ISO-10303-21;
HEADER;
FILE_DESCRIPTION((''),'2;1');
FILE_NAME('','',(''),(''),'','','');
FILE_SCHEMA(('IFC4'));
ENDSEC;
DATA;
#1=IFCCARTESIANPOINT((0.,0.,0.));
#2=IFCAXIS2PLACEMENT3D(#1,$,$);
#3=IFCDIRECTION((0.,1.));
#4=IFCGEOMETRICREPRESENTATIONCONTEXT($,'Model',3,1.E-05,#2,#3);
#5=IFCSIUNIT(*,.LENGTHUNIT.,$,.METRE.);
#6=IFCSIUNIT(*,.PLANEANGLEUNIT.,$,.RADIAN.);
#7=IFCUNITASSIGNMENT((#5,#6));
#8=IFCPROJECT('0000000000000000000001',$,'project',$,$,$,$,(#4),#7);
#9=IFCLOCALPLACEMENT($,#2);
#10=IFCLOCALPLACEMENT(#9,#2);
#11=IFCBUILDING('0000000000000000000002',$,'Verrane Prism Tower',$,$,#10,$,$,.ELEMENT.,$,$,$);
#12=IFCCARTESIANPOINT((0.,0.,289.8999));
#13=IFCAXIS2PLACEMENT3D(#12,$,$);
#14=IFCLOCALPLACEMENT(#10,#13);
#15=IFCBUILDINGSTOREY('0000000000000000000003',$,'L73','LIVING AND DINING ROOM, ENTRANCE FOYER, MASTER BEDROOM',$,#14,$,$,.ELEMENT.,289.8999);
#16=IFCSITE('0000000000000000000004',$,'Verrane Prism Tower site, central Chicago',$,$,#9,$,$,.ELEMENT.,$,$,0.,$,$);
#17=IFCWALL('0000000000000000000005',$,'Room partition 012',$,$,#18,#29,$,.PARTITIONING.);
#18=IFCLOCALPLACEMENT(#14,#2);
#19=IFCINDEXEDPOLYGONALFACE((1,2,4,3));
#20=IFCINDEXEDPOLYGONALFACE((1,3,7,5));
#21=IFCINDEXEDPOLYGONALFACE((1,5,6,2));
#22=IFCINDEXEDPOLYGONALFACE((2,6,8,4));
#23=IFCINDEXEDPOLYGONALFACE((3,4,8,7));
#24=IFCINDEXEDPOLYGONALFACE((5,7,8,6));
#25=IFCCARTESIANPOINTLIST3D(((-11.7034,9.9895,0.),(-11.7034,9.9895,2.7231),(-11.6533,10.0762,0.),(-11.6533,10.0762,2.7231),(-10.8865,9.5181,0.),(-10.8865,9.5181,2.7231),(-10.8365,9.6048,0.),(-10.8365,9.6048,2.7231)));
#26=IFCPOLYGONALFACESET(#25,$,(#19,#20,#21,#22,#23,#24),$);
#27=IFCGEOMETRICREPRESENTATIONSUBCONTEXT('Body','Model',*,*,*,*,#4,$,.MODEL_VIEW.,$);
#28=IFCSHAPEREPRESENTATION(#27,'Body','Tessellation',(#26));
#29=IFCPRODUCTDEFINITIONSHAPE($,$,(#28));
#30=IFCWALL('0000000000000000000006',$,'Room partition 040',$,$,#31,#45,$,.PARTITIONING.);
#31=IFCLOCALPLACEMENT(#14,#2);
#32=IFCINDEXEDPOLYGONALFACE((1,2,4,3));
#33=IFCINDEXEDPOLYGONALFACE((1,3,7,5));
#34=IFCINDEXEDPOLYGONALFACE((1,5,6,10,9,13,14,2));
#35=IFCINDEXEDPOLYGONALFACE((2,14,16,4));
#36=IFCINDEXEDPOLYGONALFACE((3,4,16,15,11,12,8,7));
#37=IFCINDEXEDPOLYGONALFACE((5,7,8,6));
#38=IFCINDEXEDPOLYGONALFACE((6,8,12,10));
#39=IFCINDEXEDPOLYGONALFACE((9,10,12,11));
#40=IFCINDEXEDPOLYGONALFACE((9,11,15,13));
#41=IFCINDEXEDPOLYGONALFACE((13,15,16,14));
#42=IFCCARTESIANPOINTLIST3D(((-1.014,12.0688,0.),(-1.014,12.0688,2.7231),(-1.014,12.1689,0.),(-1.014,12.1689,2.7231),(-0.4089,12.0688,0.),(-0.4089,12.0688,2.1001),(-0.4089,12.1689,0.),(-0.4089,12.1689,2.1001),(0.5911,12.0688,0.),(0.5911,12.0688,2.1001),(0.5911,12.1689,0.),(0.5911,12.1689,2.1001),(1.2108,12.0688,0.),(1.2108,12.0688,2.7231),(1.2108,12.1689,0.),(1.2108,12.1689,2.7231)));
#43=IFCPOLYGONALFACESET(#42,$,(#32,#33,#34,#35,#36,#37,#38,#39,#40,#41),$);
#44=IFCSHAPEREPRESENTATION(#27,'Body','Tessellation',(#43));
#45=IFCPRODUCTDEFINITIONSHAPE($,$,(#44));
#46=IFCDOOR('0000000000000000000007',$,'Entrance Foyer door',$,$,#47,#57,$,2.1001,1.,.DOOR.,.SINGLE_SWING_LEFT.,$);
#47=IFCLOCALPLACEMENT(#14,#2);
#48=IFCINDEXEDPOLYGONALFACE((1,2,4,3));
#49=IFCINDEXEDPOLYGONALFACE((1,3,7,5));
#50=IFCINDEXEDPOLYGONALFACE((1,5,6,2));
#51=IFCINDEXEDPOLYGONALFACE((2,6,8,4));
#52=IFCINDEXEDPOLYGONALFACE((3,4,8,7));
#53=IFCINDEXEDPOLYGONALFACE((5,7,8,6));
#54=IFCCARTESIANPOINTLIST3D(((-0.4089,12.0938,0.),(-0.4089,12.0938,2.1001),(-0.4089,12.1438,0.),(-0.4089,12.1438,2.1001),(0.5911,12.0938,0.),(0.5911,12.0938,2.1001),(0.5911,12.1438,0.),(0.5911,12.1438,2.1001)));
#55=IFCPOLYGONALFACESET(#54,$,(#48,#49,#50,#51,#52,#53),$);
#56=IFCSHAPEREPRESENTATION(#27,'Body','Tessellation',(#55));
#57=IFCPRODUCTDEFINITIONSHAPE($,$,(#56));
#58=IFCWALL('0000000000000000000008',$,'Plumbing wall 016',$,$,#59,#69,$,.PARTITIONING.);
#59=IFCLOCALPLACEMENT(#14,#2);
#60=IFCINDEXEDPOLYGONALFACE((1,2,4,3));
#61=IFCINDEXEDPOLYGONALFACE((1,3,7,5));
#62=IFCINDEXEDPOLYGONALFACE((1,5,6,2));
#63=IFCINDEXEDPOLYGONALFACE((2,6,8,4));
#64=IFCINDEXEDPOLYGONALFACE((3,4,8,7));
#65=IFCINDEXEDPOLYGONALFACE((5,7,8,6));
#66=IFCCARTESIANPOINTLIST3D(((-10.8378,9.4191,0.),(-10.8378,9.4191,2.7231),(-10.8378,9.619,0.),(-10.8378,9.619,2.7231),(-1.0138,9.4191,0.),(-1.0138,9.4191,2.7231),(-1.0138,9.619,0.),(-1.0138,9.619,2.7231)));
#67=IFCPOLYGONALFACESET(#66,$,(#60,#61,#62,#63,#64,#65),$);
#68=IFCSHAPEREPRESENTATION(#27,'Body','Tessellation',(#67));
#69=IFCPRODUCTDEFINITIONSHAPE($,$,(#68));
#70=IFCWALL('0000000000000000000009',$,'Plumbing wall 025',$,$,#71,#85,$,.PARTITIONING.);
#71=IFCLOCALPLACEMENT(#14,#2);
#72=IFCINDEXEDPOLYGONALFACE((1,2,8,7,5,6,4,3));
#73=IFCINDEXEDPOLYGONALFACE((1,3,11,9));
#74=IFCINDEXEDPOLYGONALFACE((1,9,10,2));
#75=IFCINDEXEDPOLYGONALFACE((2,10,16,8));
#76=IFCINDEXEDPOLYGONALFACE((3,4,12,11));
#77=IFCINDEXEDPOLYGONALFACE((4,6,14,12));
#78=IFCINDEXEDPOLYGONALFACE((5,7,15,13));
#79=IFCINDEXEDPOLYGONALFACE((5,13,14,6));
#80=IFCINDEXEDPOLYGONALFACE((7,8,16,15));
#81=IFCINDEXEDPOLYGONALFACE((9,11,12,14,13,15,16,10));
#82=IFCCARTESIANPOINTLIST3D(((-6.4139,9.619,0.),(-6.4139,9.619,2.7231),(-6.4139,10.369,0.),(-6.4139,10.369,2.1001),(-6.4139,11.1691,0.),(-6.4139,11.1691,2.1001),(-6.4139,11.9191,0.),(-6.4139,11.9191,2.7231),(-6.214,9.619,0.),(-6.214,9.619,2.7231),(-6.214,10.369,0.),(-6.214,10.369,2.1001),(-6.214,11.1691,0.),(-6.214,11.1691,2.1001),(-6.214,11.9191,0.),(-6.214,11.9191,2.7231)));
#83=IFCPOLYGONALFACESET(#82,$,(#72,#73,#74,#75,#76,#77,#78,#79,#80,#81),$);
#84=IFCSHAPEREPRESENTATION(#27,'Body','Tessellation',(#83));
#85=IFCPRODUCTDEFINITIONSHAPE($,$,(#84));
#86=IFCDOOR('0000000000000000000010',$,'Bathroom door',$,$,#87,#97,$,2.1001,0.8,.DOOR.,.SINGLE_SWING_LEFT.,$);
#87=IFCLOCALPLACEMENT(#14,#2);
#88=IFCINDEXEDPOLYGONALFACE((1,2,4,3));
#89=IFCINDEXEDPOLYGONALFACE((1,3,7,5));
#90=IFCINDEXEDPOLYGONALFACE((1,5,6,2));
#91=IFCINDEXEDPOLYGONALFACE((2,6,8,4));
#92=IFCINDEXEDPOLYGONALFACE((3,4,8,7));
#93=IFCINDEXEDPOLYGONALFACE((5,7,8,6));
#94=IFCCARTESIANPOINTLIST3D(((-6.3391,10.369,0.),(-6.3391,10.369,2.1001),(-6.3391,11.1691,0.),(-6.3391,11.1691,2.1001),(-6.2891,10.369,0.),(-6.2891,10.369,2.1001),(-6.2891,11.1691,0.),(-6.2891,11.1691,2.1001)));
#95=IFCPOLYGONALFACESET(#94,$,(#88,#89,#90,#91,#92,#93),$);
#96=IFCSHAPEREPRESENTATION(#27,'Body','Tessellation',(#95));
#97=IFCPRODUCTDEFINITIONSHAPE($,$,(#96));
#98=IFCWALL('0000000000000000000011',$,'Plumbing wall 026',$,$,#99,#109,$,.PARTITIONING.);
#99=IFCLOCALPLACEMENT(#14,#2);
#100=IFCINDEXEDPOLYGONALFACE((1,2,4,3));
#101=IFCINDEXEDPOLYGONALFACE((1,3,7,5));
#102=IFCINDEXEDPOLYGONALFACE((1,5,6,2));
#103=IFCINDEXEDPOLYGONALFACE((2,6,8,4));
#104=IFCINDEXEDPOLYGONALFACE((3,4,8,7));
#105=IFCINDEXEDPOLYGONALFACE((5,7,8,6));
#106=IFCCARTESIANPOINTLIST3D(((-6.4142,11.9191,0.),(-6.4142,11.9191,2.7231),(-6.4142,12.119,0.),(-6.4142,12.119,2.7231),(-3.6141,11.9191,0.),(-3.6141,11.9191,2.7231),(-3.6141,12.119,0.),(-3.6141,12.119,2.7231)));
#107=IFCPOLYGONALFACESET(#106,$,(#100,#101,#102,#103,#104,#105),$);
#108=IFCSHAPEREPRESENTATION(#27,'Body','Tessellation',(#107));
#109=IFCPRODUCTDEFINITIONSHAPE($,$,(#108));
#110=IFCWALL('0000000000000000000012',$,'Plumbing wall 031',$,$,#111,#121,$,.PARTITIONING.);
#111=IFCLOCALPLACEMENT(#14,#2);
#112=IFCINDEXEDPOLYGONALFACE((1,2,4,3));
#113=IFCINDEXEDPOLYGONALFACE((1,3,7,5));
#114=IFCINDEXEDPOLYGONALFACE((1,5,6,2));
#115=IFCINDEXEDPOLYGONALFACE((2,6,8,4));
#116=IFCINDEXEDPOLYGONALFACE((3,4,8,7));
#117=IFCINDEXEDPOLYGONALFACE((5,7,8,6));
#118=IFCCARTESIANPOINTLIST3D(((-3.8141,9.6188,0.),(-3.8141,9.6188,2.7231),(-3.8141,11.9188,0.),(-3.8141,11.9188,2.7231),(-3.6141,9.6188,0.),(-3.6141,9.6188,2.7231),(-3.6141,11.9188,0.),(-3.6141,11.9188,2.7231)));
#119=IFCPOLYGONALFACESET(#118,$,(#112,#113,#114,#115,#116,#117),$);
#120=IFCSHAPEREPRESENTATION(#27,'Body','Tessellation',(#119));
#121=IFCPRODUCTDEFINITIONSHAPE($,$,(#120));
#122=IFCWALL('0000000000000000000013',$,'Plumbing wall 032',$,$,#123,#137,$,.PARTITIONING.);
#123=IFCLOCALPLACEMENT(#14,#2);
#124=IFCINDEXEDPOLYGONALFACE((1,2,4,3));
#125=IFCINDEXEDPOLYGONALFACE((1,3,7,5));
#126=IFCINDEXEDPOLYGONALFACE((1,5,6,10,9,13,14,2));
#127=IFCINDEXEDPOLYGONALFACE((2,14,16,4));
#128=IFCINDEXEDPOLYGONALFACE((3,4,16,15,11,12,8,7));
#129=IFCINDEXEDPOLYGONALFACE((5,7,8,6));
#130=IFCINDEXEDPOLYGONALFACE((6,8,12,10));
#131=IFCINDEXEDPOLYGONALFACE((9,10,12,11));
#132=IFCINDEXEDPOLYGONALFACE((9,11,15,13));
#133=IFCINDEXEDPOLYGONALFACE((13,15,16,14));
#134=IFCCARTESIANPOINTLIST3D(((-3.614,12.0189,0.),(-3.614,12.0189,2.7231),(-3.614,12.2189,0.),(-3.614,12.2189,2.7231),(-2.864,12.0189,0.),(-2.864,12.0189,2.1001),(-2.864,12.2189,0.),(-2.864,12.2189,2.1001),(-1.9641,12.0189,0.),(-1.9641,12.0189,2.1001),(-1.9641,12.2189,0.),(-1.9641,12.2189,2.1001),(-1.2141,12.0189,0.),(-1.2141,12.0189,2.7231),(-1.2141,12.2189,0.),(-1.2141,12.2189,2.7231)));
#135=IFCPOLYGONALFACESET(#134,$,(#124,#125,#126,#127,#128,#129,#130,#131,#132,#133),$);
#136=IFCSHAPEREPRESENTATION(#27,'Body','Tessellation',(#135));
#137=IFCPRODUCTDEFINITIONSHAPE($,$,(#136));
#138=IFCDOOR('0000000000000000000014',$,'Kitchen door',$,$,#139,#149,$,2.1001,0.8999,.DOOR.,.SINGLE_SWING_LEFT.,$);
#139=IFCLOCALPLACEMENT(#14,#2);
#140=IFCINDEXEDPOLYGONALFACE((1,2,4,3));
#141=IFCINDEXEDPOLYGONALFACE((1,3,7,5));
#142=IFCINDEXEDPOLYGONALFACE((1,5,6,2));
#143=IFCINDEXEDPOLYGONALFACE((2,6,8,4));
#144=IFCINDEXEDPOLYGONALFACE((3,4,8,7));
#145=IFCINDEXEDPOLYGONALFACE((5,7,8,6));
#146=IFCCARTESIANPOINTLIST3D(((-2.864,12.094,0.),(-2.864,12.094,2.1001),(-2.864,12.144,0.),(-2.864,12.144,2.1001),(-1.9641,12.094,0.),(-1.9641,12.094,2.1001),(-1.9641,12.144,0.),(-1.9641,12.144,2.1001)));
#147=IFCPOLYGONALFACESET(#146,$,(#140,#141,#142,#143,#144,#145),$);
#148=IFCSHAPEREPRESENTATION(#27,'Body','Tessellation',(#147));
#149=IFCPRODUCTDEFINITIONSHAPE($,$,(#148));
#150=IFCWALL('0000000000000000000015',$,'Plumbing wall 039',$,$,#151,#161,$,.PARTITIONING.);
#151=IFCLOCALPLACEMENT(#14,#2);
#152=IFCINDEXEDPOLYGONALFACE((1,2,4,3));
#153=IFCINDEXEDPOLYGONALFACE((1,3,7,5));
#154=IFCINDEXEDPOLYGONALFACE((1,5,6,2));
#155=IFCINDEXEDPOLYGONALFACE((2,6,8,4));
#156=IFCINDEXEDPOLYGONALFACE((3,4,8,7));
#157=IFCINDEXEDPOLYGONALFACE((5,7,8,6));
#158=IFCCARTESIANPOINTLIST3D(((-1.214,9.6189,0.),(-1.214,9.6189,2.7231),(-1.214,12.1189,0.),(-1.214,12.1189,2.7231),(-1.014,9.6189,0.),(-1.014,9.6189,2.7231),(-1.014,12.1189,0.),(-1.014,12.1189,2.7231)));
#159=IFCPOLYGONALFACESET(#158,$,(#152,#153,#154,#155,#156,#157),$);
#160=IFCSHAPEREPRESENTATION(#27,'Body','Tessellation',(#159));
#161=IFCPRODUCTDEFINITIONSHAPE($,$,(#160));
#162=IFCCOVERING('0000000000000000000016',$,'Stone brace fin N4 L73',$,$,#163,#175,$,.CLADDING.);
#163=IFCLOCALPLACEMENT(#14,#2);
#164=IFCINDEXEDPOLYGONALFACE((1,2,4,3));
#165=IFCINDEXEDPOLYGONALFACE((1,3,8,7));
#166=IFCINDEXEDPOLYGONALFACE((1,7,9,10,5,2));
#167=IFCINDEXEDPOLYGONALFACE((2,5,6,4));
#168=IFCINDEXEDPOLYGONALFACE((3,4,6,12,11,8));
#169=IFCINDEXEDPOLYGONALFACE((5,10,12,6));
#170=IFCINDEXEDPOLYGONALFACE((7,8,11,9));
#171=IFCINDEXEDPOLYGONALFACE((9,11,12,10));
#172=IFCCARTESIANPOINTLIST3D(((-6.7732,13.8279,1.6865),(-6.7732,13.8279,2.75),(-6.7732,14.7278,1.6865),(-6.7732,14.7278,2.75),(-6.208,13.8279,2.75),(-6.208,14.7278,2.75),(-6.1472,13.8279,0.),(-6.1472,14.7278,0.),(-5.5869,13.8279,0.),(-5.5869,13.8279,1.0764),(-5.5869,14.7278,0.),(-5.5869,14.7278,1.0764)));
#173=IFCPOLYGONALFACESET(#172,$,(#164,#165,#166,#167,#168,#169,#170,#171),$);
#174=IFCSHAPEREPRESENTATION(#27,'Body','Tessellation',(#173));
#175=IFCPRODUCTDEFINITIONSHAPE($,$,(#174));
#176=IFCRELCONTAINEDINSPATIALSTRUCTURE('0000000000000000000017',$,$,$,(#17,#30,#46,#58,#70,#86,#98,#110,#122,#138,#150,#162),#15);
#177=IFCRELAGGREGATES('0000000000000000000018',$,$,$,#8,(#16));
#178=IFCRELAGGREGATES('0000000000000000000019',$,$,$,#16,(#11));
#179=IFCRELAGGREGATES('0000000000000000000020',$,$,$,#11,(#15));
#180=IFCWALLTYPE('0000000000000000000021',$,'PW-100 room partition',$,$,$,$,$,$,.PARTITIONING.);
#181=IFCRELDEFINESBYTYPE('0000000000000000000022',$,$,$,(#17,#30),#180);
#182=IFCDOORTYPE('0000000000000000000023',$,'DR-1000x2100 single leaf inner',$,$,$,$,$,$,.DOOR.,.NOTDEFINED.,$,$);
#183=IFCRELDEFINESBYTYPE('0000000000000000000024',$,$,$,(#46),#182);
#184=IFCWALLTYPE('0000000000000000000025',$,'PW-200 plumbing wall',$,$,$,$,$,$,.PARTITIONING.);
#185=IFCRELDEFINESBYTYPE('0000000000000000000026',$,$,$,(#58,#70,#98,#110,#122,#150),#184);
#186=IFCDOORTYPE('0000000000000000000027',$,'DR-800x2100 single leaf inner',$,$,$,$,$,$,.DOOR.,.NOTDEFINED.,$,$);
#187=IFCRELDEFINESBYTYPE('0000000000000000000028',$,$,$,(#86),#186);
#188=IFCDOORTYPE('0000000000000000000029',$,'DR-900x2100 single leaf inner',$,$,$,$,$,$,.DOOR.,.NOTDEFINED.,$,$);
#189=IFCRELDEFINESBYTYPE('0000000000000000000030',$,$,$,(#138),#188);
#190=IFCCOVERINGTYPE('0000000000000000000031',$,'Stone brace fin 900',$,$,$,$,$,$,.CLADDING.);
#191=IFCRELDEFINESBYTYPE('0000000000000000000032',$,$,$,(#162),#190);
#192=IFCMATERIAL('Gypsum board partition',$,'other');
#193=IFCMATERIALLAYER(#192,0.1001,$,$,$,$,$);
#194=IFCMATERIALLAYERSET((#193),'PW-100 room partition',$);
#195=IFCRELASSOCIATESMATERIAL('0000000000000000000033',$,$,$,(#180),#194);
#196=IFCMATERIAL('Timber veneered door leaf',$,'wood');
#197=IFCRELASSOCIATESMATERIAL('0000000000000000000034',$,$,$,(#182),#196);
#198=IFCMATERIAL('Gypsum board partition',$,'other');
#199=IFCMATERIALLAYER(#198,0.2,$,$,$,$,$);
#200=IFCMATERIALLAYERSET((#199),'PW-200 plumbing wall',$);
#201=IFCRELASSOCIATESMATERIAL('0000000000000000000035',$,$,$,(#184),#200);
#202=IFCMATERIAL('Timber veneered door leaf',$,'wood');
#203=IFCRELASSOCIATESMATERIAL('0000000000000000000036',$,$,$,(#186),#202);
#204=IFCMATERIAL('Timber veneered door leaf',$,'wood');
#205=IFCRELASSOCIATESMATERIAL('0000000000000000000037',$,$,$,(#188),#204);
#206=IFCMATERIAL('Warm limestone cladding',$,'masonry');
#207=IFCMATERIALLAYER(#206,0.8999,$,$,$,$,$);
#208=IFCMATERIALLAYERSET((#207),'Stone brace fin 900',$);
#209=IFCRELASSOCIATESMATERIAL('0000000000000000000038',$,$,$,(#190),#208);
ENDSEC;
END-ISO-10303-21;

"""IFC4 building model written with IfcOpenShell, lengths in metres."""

from ifc_helpers import new_model, si_unit, direction, frame, frame_2d, origin, place, context, subcontext, project, spatial, polyline, rectangle, outline, extrude, material, layer, layer_set, type_object, element, fill, save


model = new_model("IFC4")

# Units and contexts
model_context = context("Model", 3, precision=1e-05, world=origin(), true_north=direction((0.0, 1.0)))
body_context = subcontext(model_context, "Body", "Model", "MODEL_VIEW")
ifc_project = project(units=[si_unit("LENGTHUNIT", "METRE"), si_unit("PLANEANGLEUNIT", "RADIAN")], contexts=[model_context])

# Site, building, storey
site_placement = place(None, origin())
site = spatial("IfcSite", under=ifc_project, at=site_placement, Name="Verrane Prism Tower site, central Chicago", CompositionType="ELEMENT", RefElevation=0.0)
building_placement = place(site_placement, origin())
building = spatial("IfcBuilding", under=site, at=building_placement, Name="Verrane Prism Tower", CompositionType="ELEMENT")
storey_placement = place(building_placement, frame((0.0, 0.0, 289.8999)))
storey = spatial("IfcBuildingStorey", under=building, at=storey_placement, Name="L73", Description="LIVING AND DINING ROOM, ENTRANCE FOYER, MASTER BEDROOM", CompositionType="ELEMENT", Elevation=289.8999)

# Wall
ifc_material_1 = material(Name="Gypsum board partition", Category="other")
ifc_layer_1 = layer(ifc_material_1, 0.1001)
ifc_layer_set_1 = layer_set([ifc_layer_1], Name="PW-100 room partition")
wall_type_1 = type_object("IfcWallType", Name="PW-100 room partition", PredefinedType="PARTITIONING", material=ifc_layer_set_1)
wall_1_placement = place(storey_placement, frame((-11.6785, 10.033, 0.0), z_axis=(0.0, 0.0, 1.0), x_axis=(0.866117, -0.499842, 0.0)))
element("IfcWall", 1, at=wall_1_placement, inside=storey, type_object=wall_type_1, Name="Room partition 012", PredefinedType="PARTITIONING", context=body_context, shape_type="SweptSolid", body=[
    extrude(rectangle(XDim=0.9431, YDim=0.1001, at=frame_2d((0.4717, 0.0))), origin(), (0.0, 0.0, 1.0), 2.7231),
])

# Wall, opening, door
wall_2_placement = place(storey_placement, frame((-1.0139, 12.1189, 0.0), z_axis=(0.0, 0.0, 1.0), x_axis=(1.0, 0.0, 0.0)))
wall_2 = element("IfcWall", 2, at=wall_2_placement, inside=storey, type_object=wall_type_1, Name="Room partition 040", PredefinedType="PARTITIONING", context=body_context, shape_type="SweptSolid", body=[
    extrude(rectangle(XDim=2.2249, YDim=0.1001, at=frame_2d((1.1123, 0.0))), origin(), (0.0, 0.0, 1.0), 2.7231),
])
opening_1_placement = place(wall_2_placement, frame((0.605, 0.0, 0.0)))
opening_1 = element("IfcOpeningElement", 3, at=opening_1_placement, cuts=wall_2, PredefinedType="OPENING", context=body_context, shape_type="SweptSolid", body=[
    extrude(rectangle(XDim=1.0, YDim=2.1001, at=frame_2d((0.5, 1.05))), frame((0.0, 0.0601, 0.0), z_axis=(0.0, -1.0, 0.0), x_axis=(1.0, 0.0, 0.0)), (0.0, 0.0, 1.0), 0.1201),
])
ifc_material_2 = material(Name="Timber veneered door leaf", Category="wood")
door_type_1 = type_object("IfcDoorType", Name="DR-1000x2100 single leaf inner", OperationType="NOTDEFINED", PredefinedType="DOOR", material=ifc_material_2)
door_1_placement = place(opening_1_placement, origin())
door_1 = element("IfcDoor", 4, at=door_1_placement, inside=storey, type_object=door_type_1, Name="Entrance Foyer door", OperationType="SINGLE_SWING_LEFT", OverallHeight=2.1001, OverallWidth=1.0, PredefinedType="DOOR", context=body_context, shape_type="SweptSolid", body=[
    extrude(rectangle(XDim=1.0, YDim=2.1001, at=frame_2d((0.5, 1.05))), frame((0.0, 0.0249, 0.0), z_axis=(0.0, -1.0, 0.0), x_axis=(1.0, 0.0, 0.0)), (0.0, 0.0, 1.0), 0.05),
])
fill(opening_1, door_1)

# Wall
ifc_material_3 = material(Name="Gypsum board partition", Category="other")
ifc_layer_2 = layer(ifc_material_3, 0.2)
ifc_layer_set_2 = layer_set([ifc_layer_2], Name="PW-200 plumbing wall")
wall_type_2 = type_object("IfcWallType", Name="PW-200 plumbing wall", PredefinedType="PARTITIONING", material=ifc_layer_set_2)
wall_3_placement = place(storey_placement, frame((-10.8379, 9.519, 0.0), z_axis=(0.0, 0.0, 1.0), x_axis=(1.0, 0.0, 0.0)))
element("IfcWall", 5, at=wall_3_placement, inside=storey, type_object=wall_type_2, Name="Plumbing wall 016", PredefinedType="PARTITIONING", context=body_context, shape_type="SweptSolid", body=[
    extrude(rectangle(XDim=9.824, YDim=0.2, at=frame_2d((4.9121, 0.0))), origin(), (0.0, 0.0, 1.0), 2.7231),
])

# Wall, opening, door
wall_4_placement = place(storey_placement, frame((-6.314, 11.9189, 0.0), z_axis=(0.0, 0.0, 1.0), x_axis=(0.0, -1.0, 0.0)))
wall_4 = element("IfcWall", 6, at=wall_4_placement, inside=storey, type_object=wall_type_2, Name="Plumbing wall 025", PredefinedType="PARTITIONING", context=body_context, shape_type="SweptSolid", body=[
    extrude(rectangle(XDim=2.3, YDim=0.2, at=frame_2d((1.1499, 0.0))), origin(), (0.0, 0.0, 1.0), 2.7231),
])
opening_2_placement = place(wall_4_placement, frame((0.75, 0.0, 0.0)))
opening_2 = element("IfcOpeningElement", 7, at=opening_2_placement, cuts=wall_4, PredefinedType="OPENING", context=body_context, shape_type="SweptSolid", body=[
    extrude(rectangle(XDim=0.8, YDim=2.1001, at=frame_2d((0.3999, 1.05))), frame((0.0, 0.1099, 0.0), z_axis=(0.0, -1.0, 0.0), x_axis=(1.0, 0.0, 0.0)), (0.0, 0.0, 1.0), 0.22),
])
ifc_material_4 = material(Name="Timber veneered door leaf", Category="wood")
door_type_2 = type_object("IfcDoorType", Name="DR-800x2100 single leaf inner", OperationType="NOTDEFINED", PredefinedType="DOOR", material=ifc_material_4)
door_2_placement = place(opening_2_placement, origin())
door_2 = element("IfcDoor", 8, at=door_2_placement, inside=storey, type_object=door_type_2, Name="Bathroom door", OperationType="SINGLE_SWING_LEFT", OverallHeight=2.1001, OverallWidth=0.8, PredefinedType="DOOR", context=body_context, shape_type="SweptSolid", body=[
    extrude(rectangle(XDim=0.8, YDim=2.1001, at=frame_2d((0.3999, 1.05))), frame((0.0, 0.0249, 0.0), z_axis=(0.0, -1.0, 0.0), x_axis=(1.0, 0.0, 0.0)), (0.0, 0.0, 1.0), 0.05),
])
fill(opening_2, door_2)

# Walls
wall_5_placement = place(storey_placement, frame((-6.4141, 12.019, 0.0), z_axis=(0.0, 0.0, 1.0), x_axis=(1.0, 0.0, 0.0)))
element("IfcWall", 9, at=wall_5_placement, inside=storey, type_object=wall_type_2, Name="Plumbing wall 026", PredefinedType="PARTITIONING", context=body_context, shape_type="SweptSolid", body=[
    extrude(rectangle(XDim=2.8, YDim=0.2, at=frame_2d((1.3999, 0.0))), origin(), (0.0, 0.0, 1.0), 2.7231),
])
wall_6_placement = place(storey_placement, frame((-3.7141, 9.6189, 0.0), z_axis=(0.0, 0.0, 1.0), x_axis=(0.0, 1.0, 0.0)))
element("IfcWall", 10, at=wall_6_placement, inside=storey, type_object=wall_type_2, Name="Plumbing wall 031", PredefinedType="PARTITIONING", context=body_context, shape_type="SweptSolid", body=[
    extrude(rectangle(XDim=2.3, YDim=0.2, at=frame_2d((1.1499, 0.0))), origin(), (0.0, 0.0, 1.0), 2.7231),
])

# Wall, opening, door
wall_7_placement = place(storey_placement, frame((-1.2141, 12.1189, 0.0), z_axis=(0.0, 0.0, 1.0), x_axis=(-1.0, 0.0, 0.0)))
wall_7 = element("IfcWall", 11, at=wall_7_placement, inside=storey, type_object=wall_type_2, Name="Plumbing wall 032", PredefinedType="PARTITIONING", context=body_context, shape_type="SweptSolid", body=[
    extrude(rectangle(XDim=2.3999, YDim=0.2, at=frame_2d((1.2, 0.0))), origin(), (0.0, 0.0, 1.0), 2.7231),
])
opening_3_placement = place(wall_7_placement, frame((0.75, 0.0, 0.0)))
opening_3 = element("IfcOpeningElement", 12, at=opening_3_placement, cuts=wall_7, PredefinedType="OPENING", context=body_context, shape_type="SweptSolid", body=[
    extrude(rectangle(XDim=0.8999, YDim=2.1001, at=frame_2d((0.45, 1.05))), frame((0.0, 0.1099, 0.0), z_axis=(0.0, -1.0, 0.0), x_axis=(1.0, 0.0, 0.0)), (0.0, 0.0, 1.0), 0.22),
])
ifc_material_5 = material(Name="Timber veneered door leaf", Category="wood")
door_type_3 = type_object("IfcDoorType", Name="DR-900x2100 single leaf inner", OperationType="NOTDEFINED", PredefinedType="DOOR", material=ifc_material_5)
door_3_placement = place(opening_3_placement, origin())
door_3 = element("IfcDoor", 13, at=door_3_placement, inside=storey, type_object=door_type_3, Name="Kitchen door", OperationType="SINGLE_SWING_LEFT", OverallHeight=2.1001, OverallWidth=0.8999, PredefinedType="DOOR", context=body_context, shape_type="SweptSolid", body=[
    extrude(rectangle(XDim=0.8999, YDim=2.1001, at=frame_2d((0.45, 1.05))), frame((0.0, 0.0249, 0.0), z_axis=(0.0, -1.0, 0.0), x_axis=(1.0, 0.0, 0.0)), (0.0, 0.0, 1.0), 0.05),
])
fill(opening_3, door_3)

# Wall
wall_8_placement = place(storey_placement, frame((-1.114, 9.6189, 0.0), z_axis=(0.0, 0.0, 1.0), x_axis=(0.0, 1.0, 0.0)))
element("IfcWall", 14, at=wall_8_placement, inside=storey, type_object=wall_type_2, Name="Plumbing wall 039", PredefinedType="PARTITIONING", context=body_context, shape_type="SweptSolid", body=[
    extrude(rectangle(XDim=2.5, YDim=0.2, at=frame_2d((1.25, 0.0))), origin(), (0.0, 0.0, 1.0), 2.7231),
])

# Covering
ifc_material_6 = material(Name="Warm limestone cladding", Category="masonry")
ifc_layer_3 = layer(ifc_material_6, 0.8999)
ifc_layer_set_3 = layer_set([ifc_layer_3], Name="Stone brace fin 900")
covering_type = type_object("IfcCoveringType", Name="Stone brace fin 900", PredefinedType="CLADDING", material=ifc_layer_set_3)
covering_placement = place(storey_placement, frame((-5.5869, 14.2778, 0.0), z_axis=(0.0, 0.0, 1.0), x_axis=(-1.0, 0.0, 0.0)))
element("IfcCovering", 15, at=covering_placement, inside=storey, type_object=covering_type, Name="Stone brace fin N4 L73", PredefinedType="CLADDING", context=body_context, shape_type="SweptSolid", body=[
    extrude(outline(polyline([(1.1863, 2.75), (0.6211, 2.75), (0.0, 1.0764), (0.0, 0.0), (0.5603, 0.0), (1.1863, 1.6865), (1.1863, 2.75)])), frame((0.0, 0.45, 0.0), z_axis=(0.0, -1.0, 0.0), x_axis=(1.0, 0.0, 0.0)), (0.0, 0.0, 1.0), 0.8999),
])

save(model, "model.ifc")
